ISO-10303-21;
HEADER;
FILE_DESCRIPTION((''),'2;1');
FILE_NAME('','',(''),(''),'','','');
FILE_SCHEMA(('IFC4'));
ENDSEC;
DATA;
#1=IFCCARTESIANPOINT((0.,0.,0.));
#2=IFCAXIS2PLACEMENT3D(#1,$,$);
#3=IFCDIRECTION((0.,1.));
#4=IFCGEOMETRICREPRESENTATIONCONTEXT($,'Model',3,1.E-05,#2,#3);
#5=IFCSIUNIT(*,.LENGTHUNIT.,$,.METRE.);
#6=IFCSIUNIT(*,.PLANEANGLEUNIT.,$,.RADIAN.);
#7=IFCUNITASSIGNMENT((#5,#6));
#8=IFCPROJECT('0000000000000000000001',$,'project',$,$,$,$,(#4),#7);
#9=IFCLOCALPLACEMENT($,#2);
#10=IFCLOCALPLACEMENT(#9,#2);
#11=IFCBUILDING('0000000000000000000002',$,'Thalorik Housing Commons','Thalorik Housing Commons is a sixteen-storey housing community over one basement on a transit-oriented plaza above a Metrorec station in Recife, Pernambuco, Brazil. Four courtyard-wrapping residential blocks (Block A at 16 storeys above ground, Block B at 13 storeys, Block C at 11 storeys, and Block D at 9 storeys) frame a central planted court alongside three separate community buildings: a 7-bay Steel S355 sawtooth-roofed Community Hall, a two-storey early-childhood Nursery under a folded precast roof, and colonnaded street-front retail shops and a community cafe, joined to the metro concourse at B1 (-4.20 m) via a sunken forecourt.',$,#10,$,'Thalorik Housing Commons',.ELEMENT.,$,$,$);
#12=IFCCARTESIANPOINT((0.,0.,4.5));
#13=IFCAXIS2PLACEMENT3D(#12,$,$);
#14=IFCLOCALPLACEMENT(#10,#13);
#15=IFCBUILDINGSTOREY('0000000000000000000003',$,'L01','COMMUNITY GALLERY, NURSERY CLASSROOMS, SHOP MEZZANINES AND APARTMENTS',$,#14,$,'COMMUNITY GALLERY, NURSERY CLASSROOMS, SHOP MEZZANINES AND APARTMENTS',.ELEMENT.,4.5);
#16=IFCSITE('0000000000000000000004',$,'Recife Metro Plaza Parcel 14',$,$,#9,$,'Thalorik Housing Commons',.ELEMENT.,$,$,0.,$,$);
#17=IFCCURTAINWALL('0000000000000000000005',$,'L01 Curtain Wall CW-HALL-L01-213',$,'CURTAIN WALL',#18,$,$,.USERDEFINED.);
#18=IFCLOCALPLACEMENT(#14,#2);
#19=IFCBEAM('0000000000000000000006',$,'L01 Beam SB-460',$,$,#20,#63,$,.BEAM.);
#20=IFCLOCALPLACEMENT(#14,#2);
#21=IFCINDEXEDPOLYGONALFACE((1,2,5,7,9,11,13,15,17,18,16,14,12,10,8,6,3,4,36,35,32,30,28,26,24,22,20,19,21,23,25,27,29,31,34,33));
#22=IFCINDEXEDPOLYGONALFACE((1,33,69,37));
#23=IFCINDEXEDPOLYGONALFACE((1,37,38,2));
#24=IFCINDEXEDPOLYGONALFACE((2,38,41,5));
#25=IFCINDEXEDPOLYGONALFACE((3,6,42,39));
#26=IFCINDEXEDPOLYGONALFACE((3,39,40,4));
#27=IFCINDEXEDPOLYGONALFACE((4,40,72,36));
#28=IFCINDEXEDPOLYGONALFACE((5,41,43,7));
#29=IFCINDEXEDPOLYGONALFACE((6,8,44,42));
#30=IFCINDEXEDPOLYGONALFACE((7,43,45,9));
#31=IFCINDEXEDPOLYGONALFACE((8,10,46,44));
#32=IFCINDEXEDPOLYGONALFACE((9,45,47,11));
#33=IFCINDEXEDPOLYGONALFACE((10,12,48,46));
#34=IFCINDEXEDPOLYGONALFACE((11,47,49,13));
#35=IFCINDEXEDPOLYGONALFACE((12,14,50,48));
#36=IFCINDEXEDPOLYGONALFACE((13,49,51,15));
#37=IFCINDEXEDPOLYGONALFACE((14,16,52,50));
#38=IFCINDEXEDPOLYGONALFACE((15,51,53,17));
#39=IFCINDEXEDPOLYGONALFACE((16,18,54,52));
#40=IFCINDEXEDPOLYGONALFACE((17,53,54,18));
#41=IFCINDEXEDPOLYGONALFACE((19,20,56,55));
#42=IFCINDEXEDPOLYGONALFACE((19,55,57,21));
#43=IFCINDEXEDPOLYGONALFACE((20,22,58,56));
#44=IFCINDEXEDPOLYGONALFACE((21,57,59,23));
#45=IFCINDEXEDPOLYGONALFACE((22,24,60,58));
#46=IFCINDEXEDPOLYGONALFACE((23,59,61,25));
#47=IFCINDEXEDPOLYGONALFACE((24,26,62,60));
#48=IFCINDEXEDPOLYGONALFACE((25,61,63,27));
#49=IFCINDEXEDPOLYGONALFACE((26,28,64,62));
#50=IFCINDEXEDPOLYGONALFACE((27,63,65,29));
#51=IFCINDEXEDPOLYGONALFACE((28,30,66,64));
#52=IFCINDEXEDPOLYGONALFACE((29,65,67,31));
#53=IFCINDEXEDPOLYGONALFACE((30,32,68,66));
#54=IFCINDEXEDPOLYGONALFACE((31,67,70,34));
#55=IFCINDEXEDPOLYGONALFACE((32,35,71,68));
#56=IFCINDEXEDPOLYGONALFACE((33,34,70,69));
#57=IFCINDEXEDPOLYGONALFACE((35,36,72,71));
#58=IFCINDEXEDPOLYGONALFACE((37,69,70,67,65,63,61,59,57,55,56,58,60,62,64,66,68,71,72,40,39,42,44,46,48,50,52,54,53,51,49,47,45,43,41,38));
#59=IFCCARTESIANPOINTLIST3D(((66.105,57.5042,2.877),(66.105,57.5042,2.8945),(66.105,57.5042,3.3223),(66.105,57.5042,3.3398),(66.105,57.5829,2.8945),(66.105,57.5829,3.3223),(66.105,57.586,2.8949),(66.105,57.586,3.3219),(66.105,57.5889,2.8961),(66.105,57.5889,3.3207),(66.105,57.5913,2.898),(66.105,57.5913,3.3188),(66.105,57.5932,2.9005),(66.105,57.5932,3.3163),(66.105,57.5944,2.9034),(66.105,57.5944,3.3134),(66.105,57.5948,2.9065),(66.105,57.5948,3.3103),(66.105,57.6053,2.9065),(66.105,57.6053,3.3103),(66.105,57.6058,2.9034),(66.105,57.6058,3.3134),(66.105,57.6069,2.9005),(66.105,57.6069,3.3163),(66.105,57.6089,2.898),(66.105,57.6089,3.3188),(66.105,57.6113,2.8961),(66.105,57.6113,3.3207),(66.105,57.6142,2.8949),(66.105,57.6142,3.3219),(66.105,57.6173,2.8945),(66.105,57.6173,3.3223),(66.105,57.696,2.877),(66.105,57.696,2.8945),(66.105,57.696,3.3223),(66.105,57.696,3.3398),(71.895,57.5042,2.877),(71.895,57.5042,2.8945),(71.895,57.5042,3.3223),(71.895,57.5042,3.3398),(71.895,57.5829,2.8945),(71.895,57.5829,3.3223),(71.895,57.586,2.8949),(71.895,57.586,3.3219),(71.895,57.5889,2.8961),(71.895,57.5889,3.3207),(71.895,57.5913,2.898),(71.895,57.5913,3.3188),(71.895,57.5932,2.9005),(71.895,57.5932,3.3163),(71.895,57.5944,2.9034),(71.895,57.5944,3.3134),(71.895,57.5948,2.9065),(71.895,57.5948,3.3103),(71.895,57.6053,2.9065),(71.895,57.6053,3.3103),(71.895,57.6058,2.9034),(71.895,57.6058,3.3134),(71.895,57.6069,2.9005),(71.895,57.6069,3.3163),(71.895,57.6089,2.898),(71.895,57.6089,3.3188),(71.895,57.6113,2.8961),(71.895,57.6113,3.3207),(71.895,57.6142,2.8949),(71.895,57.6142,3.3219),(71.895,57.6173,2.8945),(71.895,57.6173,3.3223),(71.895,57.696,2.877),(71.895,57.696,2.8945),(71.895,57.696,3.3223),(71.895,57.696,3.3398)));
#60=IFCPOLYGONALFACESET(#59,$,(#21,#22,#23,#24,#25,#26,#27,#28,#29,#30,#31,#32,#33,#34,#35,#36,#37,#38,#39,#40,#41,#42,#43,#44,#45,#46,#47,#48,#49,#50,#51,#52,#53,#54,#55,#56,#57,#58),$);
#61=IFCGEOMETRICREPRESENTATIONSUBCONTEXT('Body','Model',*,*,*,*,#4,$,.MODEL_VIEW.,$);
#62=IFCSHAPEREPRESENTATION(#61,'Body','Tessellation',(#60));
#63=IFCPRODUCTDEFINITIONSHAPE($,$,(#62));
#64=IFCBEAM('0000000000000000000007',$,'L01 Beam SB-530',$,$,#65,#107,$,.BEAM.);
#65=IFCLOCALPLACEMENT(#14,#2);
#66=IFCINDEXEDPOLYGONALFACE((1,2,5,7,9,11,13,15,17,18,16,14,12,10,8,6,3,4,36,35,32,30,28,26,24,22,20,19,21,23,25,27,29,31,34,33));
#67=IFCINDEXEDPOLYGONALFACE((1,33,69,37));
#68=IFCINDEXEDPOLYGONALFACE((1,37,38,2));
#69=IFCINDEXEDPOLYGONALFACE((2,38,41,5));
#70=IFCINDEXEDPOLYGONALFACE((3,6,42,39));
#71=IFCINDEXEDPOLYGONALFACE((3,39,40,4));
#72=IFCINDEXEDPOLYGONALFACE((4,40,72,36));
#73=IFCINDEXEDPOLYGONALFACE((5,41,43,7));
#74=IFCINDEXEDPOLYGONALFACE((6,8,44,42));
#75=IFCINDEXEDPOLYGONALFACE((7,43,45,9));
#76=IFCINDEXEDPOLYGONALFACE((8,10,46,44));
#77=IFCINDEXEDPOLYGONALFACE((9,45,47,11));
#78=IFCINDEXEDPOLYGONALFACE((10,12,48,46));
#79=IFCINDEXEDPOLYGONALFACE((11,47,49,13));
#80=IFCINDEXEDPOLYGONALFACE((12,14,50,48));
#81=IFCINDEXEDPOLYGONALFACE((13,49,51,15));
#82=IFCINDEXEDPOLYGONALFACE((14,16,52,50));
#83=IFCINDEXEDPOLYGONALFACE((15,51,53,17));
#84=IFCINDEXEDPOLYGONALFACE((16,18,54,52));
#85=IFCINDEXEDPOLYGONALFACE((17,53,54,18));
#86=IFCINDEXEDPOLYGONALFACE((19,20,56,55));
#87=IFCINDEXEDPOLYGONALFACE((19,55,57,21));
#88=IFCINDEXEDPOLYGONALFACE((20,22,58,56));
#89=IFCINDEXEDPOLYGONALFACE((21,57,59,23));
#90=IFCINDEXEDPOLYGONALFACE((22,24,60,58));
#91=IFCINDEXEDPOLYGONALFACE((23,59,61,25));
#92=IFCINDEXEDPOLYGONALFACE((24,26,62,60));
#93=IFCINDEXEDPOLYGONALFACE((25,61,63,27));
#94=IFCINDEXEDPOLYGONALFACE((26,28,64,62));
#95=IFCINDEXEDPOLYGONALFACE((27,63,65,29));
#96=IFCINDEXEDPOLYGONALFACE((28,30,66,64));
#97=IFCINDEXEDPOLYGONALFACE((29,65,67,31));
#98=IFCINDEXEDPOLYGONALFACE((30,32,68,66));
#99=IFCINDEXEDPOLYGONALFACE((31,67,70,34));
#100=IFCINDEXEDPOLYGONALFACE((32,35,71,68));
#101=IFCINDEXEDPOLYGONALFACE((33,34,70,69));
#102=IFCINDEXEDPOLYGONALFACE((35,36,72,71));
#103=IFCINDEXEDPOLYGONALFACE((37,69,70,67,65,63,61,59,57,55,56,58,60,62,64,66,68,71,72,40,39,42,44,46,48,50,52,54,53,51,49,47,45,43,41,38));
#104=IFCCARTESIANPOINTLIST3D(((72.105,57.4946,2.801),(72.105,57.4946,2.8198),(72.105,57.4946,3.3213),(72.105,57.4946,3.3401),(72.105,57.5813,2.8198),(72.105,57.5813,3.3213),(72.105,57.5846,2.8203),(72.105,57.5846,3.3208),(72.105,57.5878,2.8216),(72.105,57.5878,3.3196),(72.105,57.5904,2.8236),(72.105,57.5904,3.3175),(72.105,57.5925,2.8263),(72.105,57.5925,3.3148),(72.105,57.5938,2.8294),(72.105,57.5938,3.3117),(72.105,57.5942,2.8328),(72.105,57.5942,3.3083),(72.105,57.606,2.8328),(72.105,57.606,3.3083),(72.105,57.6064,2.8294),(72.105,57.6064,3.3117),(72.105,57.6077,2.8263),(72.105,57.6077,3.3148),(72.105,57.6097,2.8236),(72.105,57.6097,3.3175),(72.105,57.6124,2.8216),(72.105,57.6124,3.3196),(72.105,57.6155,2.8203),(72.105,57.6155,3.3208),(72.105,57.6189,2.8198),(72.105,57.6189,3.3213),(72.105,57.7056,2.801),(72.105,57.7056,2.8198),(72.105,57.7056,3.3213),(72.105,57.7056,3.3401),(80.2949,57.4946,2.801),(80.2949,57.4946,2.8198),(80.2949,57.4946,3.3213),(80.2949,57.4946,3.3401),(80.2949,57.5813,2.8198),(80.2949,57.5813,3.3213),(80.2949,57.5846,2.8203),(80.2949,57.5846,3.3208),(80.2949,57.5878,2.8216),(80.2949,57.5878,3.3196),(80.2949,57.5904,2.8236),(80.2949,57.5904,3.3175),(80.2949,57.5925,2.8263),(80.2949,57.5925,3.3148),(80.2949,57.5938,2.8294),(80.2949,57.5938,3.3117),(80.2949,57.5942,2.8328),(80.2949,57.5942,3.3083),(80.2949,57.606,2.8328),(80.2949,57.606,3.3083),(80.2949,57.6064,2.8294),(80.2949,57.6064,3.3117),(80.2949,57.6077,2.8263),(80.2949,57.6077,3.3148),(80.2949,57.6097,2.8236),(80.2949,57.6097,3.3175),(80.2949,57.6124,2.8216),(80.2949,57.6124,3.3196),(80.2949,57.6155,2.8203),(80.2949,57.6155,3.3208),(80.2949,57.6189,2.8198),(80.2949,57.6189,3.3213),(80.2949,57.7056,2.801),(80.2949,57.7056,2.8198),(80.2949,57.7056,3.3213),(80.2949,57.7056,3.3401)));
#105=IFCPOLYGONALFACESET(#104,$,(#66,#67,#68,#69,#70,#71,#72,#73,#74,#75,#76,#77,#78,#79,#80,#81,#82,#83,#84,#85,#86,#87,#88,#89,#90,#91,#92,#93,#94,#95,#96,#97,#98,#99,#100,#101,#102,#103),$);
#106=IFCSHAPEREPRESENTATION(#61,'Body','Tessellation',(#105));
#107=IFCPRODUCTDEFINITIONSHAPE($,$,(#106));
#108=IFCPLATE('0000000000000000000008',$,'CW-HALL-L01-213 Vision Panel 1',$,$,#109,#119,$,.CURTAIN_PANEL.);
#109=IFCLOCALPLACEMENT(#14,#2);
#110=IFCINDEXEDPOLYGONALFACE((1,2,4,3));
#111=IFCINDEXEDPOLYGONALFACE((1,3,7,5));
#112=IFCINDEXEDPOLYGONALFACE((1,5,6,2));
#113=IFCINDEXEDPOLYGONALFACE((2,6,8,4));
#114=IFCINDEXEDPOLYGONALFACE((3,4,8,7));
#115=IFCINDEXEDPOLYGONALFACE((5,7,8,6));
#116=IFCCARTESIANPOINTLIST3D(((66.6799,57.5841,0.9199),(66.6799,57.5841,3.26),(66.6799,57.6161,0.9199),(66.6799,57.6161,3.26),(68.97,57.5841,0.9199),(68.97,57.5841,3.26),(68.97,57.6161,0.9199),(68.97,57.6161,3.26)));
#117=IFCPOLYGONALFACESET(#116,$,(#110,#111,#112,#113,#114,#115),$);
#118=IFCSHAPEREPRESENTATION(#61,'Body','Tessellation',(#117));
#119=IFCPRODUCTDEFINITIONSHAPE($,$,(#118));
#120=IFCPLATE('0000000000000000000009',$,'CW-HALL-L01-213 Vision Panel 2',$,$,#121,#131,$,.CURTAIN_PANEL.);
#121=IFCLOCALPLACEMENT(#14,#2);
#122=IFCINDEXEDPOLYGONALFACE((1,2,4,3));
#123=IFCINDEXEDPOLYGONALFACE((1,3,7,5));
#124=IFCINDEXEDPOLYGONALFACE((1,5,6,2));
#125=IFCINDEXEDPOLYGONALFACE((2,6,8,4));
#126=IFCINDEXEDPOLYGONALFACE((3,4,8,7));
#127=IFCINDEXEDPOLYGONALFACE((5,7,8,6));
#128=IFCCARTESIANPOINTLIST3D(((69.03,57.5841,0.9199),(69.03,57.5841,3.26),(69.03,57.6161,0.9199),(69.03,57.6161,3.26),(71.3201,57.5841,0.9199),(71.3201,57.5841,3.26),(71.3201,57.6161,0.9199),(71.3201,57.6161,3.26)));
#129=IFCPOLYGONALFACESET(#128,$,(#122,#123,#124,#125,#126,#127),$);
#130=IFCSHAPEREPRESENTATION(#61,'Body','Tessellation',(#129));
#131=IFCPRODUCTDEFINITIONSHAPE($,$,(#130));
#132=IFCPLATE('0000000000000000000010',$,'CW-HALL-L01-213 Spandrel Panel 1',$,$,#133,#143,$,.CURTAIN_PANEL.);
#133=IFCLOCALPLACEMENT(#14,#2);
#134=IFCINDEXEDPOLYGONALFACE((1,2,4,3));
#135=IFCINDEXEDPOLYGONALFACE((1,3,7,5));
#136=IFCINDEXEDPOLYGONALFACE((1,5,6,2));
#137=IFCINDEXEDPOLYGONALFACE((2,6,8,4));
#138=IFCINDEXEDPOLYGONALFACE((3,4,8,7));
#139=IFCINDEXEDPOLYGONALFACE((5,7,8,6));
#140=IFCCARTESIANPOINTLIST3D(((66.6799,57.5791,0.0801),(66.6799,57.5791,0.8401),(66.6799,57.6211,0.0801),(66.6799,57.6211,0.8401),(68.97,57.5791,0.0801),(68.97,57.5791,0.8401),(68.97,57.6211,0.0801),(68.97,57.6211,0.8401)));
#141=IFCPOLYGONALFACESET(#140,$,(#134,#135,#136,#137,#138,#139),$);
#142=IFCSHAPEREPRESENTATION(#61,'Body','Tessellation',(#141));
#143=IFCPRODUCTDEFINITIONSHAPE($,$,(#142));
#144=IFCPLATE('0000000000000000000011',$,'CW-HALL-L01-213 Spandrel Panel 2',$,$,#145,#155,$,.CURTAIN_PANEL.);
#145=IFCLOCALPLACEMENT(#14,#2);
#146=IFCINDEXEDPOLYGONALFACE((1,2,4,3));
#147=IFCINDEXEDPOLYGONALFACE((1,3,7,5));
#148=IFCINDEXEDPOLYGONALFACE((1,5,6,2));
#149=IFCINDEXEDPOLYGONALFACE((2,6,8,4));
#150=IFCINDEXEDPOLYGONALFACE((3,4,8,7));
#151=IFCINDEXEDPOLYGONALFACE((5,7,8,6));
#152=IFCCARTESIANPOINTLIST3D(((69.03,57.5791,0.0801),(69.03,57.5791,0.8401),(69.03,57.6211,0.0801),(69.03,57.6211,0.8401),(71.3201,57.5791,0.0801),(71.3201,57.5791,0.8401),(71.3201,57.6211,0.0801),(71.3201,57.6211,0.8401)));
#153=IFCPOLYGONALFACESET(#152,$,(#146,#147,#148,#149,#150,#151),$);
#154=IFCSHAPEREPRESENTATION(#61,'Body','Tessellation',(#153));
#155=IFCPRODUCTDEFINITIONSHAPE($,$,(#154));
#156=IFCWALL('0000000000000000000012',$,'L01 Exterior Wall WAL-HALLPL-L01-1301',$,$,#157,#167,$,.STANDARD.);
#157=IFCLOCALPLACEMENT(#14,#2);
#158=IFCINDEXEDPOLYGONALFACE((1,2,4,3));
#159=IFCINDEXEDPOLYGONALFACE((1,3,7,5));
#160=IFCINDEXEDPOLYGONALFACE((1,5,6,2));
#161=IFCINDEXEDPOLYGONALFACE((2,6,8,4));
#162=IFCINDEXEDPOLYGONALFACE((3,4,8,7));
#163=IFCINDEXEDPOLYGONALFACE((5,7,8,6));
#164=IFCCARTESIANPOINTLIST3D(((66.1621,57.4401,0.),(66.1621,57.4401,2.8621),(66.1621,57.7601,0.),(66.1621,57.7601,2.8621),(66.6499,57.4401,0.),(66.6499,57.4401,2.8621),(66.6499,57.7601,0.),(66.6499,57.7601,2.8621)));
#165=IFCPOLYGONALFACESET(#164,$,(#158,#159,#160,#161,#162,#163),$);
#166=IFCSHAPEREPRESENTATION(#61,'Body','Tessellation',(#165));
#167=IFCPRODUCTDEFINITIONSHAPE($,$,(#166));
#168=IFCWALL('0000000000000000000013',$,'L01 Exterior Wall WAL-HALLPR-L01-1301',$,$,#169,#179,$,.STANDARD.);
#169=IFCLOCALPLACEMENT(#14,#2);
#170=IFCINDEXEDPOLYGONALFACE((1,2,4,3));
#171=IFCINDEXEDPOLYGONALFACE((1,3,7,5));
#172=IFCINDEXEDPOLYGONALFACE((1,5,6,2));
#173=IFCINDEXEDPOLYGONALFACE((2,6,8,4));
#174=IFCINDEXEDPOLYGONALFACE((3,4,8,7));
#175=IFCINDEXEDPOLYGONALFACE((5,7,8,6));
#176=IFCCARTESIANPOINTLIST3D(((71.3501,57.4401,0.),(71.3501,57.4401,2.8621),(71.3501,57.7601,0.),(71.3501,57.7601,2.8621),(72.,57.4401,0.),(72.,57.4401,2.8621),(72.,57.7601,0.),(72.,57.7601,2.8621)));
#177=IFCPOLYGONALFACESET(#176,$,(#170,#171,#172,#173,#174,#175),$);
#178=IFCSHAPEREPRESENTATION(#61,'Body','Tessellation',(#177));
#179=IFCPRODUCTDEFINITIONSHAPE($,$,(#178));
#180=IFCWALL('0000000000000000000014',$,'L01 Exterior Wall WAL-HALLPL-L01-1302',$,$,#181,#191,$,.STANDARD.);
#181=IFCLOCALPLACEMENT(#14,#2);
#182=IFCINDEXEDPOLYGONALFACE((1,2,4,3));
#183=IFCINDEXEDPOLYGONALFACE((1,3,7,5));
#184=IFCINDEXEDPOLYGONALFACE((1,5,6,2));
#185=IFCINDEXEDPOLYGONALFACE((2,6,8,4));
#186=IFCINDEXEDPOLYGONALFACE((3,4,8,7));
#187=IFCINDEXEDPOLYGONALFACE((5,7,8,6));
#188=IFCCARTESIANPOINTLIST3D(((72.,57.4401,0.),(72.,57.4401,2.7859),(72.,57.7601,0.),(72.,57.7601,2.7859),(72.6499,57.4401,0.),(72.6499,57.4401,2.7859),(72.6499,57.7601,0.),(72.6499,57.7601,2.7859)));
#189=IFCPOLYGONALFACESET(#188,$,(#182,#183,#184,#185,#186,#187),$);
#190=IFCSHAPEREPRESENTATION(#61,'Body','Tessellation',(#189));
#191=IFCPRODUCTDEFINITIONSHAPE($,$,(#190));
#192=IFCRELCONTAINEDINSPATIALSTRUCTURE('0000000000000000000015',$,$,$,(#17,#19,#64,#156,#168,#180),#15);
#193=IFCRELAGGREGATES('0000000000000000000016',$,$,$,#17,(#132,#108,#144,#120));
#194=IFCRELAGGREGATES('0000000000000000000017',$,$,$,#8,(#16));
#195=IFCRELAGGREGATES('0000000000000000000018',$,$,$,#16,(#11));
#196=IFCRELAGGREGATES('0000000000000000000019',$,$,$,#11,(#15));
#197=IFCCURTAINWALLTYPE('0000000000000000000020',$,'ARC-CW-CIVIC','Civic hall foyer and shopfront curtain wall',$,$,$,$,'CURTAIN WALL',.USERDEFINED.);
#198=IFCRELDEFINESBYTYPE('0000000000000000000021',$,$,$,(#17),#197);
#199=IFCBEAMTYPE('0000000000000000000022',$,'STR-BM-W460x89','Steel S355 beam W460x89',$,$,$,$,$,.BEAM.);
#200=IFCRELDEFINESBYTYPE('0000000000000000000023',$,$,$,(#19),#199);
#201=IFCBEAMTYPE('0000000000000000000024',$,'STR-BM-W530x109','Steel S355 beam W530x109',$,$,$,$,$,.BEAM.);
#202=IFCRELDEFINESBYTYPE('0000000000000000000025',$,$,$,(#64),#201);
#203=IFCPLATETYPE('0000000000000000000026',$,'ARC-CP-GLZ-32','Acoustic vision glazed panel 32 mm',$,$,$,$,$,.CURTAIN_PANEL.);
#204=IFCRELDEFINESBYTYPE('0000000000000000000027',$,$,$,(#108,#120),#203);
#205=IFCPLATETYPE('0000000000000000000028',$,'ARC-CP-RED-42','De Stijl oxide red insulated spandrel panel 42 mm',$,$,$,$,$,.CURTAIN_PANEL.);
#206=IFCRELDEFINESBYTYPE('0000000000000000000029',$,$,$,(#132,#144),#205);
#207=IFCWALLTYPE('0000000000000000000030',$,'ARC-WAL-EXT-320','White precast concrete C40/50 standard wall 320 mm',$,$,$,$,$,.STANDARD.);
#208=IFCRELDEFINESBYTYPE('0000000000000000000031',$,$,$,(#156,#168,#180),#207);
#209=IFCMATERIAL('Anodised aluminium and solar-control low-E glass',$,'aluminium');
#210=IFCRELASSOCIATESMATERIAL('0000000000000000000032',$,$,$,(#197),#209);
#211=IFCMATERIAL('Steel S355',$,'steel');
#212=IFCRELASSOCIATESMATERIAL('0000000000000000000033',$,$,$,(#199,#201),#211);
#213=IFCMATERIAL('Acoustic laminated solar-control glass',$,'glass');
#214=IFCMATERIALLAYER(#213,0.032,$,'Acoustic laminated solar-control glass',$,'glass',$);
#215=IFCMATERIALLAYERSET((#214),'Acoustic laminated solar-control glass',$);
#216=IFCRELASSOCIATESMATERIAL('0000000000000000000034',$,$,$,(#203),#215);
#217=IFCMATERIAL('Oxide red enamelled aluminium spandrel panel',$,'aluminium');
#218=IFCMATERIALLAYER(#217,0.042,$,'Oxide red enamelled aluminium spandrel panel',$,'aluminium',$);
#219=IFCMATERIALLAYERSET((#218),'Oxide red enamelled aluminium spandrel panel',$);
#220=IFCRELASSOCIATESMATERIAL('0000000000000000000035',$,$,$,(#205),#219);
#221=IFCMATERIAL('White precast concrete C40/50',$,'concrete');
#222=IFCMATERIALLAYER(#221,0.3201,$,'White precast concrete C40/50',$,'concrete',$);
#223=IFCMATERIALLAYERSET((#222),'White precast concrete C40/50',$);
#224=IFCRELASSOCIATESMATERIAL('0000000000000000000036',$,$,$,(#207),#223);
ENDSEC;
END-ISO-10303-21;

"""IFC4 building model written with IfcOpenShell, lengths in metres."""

from ifc_helpers import new_model, si_unit, direction, frame, frame_2d, origin, origin_2d, place, context, subcontext, project, spatial, rectangle, i_section, extrude, material, layer, layer_set, material_profile, profile_set, type_object, element, aggregate, save


model = new_model("IFC4")

# Units and contexts
model_context = context("Model", 3, precision=1e-05, world=origin(), true_north=direction((0.0, 1.0)))
body_context = subcontext(model_context, "Body", "Model", "MODEL_VIEW")
ifc_project = project(units=[si_unit("LENGTHUNIT", "METRE"), si_unit("PLANEANGLEUNIT", "RADIAN")], contexts=[model_context])

# Site, building, storey
site_placement = place(None, origin())
site = spatial("IfcSite", under=ifc_project, at=site_placement, Name="Recife Metro Plaza Parcel 14", LongName="Thalorik Housing Commons", CompositionType="ELEMENT", RefElevation=0.0)
building_placement = place(site_placement, origin())
building = spatial("IfcBuilding", under=site, at=building_placement, Name="Thalorik Housing Commons", Description="Thalorik Housing Commons is a sixteen-storey housing community over one basement on a transit-oriented plaza above a Metrorec station in Recife, Pernambuco, Brazil. Four courtyard-wrapping residential blocks (Block A at 16 storeys above ground, Block B at 13 storeys, Block C at 11 storeys, and Block D at 9 storeys) frame a central planted court alongside three separate community buildings: a 7-bay Steel S355 sawtooth-roofed Community Hall, a two-storey early-childhood Nursery under a folded precast roof, and colonnaded street-front retail shops and a community cafe, joined to the metro concourse at B1 (-4.20 m) via a sunken forecourt.", LongName="Thalorik Housing Commons", CompositionType="ELEMENT")
storey_placement = place(building_placement, frame((0.0, 0.0, 4.5)))
storey = spatial("IfcBuildingStorey", under=building, at=storey_placement, Name="L01", Description="COMMUNITY GALLERY, NURSERY CLASSROOMS, SHOP MEZZANINES AND APARTMENTS", LongName="COMMUNITY GALLERY, NURSERY CLASSROOMS, SHOP MEZZANINES AND APARTMENTS", CompositionType="ELEMENT", Elevation=4.5)

# Shared definitions
ifc_material_1 = material(Name="Steel S355", Category="steel")

# Shared definitions
ifc_material_2 = material(Name="Anodised aluminium and solar-control low-E glass", Category="aluminium")
curtain_wall_type = type_object("IfcCurtainWallType", Name="ARC-CW-CIVIC", Description="Civic hall foyer and shopfront curtain wall", ElementType="CURTAIN WALL", PredefinedType="USERDEFINED", material=ifc_material_2)

# Curtain wall
curtain_wall_1_placement = place(storey_placement, origin())
curtain_wall_1 = element("IfcCurtainWall", 1, at=curtain_wall_1_placement, inside=storey, type_object=curtain_wall_type, Name="L01 Curtain Wall CW-HALL-L01-213", ObjectType="CURTAIN WALL", PredefinedType="USERDEFINED")

# Beams
ifc_material_profile_1 = material_profile(ifc_material_1, i_section(OverallWidth=0.1919, OverallDepth=0.4629, WebThickness=0.0105, FlangeThickness=0.0176, FilletRadius=0.012, at=origin_2d()), Name="W460x89", Category="steel")
ifc_profile_set_1 = profile_set([ifc_material_profile_1], Name="Steel S355")
beam_type_1 = type_object("IfcBeamType", Name="STR-BM-W460x89", Description="Steel S355 beam W460x89", PredefinedType="BEAM", material=ifc_profile_set_1)
beam_1_placement = place(storey_placement, frame((66.105, 57.6001, 3.1084), z_axis=(1.0, 0.0, 0.0), x_axis=(0.0, 1.0, 0.0)))
element("IfcBeam", 2, at=beam_1_placement, inside=storey, type_object=beam_type_1, Name="L01 Beam SB-460", PredefinedType="BEAM", context=body_context, shape_type="SweptSolid", body=[
    extrude(i_section(OverallWidth=0.1919, OverallDepth=0.4629, WebThickness=0.0105, FlangeThickness=0.0176, FilletRadius=0.012, at=origin_2d()), origin(), (0.0, 0.0, 1.0), 5.79),
])
ifc_material_profile_2 = material_profile(ifc_material_1, i_section(OverallWidth=0.2109, OverallDepth=0.5391, WebThickness=0.0117, FlangeThickness=0.0188, FilletRadius=0.0129, at=origin_2d()), Name="W530x109", Category="steel")
ifc_profile_set_2 = profile_set([ifc_material_profile_2], Name="Steel S355")
beam_type_2 = type_object("IfcBeamType", Name="STR-BM-W530x109", Description="Steel S355 beam W530x109", PredefinedType="BEAM", material=ifc_profile_set_2)
beam_2_placement = place(storey_placement, frame((72.105, 57.6001, 3.0706), z_axis=(1.0, 0.0, 0.0), x_axis=(0.0, 1.0, 0.0)))
element("IfcBeam", 3, at=beam_2_placement, inside=storey, type_object=beam_type_2, Name="L01 Beam SB-530", PredefinedType="BEAM", context=body_context, shape_type="SweptSolid", body=[
    extrude(i_section(OverallWidth=0.2109, OverallDepth=0.5391, WebThickness=0.0117, FlangeThickness=0.0188, FilletRadius=0.0129, at=origin_2d()), origin(), (0.0, 0.0, 1.0), 8.1899),
])

# Plates
ifc_material_3 = material(Name="Acoustic laminated solar-control glass", Category="glass")
ifc_layer_1 = layer(ifc_material_3, 0.032, Name="Acoustic laminated solar-control glass", Category="glass")
ifc_layer_set_1 = layer_set([ifc_layer_1], Name="Acoustic laminated solar-control glass")
plate_type_1 = type_object("IfcPlateType", Name="ARC-CP-GLZ-32", Description="Acoustic vision glazed panel 32 mm", PredefinedType="CURTAIN_PANEL", material=ifc_layer_set_1)
plate_1_placement = place(storey_placement, frame((67.825, 57.6001, 0.9199), z_axis=(0.0, 0.0, 1.0), x_axis=(1.0, 0.0, 0.0)))
plate_1 = element("IfcPlate", 4, at=plate_1_placement, type_object=plate_type_1, Name="CW-HALL-L01-213 Vision Panel 1", PredefinedType="CURTAIN_PANEL", context=body_context, shape_type="SweptSolid", body=[
    extrude(rectangle(XDim=2.29, YDim=0.032, at=origin_2d()), origin(), (0.0, 0.0, 1.0), 2.3401),
])
plate_2_placement = place(storey_placement, frame((70.175, 57.6001, 0.9199), z_axis=(0.0, 0.0, 1.0), x_axis=(1.0, 0.0, 0.0)))
plate_2 = element("IfcPlate", 5, at=plate_2_placement, type_object=plate_type_1, Name="CW-HALL-L01-213 Vision Panel 2", PredefinedType="CURTAIN_PANEL", context=body_context, shape_type="SweptSolid", body=[
    extrude(rectangle(XDim=2.29, YDim=0.032, at=origin_2d()), origin(), (0.0, 0.0, 1.0), 2.3401),
])
ifc_material_4 = material(Name="Oxide red enamelled aluminium spandrel panel", Category="aluminium")
ifc_layer_2 = layer(ifc_material_4, 0.042, Name="Oxide red enamelled aluminium spandrel panel", Category="aluminium")
ifc_layer_set_2 = layer_set([ifc_layer_2], Name="Oxide red enamelled aluminium spandrel panel")
plate_type_2 = type_object("IfcPlateType", Name="ARC-CP-RED-42", Description="De Stijl oxide red insulated spandrel panel 42 mm", PredefinedType="CURTAIN_PANEL", material=ifc_layer_set_2)
plate_3_placement = place(storey_placement, frame((67.825, 57.6001, 0.0801), z_axis=(0.0, 0.0, 1.0), x_axis=(1.0, 0.0, 0.0)))
plate_3 = element("IfcPlate", 6, at=plate_3_placement, type_object=plate_type_2, Name="CW-HALL-L01-213 Spandrel Panel 1", PredefinedType="CURTAIN_PANEL", context=body_context, shape_type="SweptSolid", body=[
    extrude(rectangle(XDim=2.29, YDim=0.042, at=origin_2d()), origin(), (0.0, 0.0, 1.0), 0.76),
])
plate_4_placement = place(storey_placement, frame((70.175, 57.6001, 0.0801), z_axis=(0.0, 0.0, 1.0), x_axis=(1.0, 0.0, 0.0)))
plate_4 = element("IfcPlate", 7, at=plate_4_placement, type_object=plate_type_2, Name="CW-HALL-L01-213 Spandrel Panel 2", PredefinedType="CURTAIN_PANEL", context=body_context, shape_type="SweptSolid", body=[
    extrude(rectangle(XDim=2.29, YDim=0.042, at=origin_2d()), origin(), (0.0, 0.0, 1.0), 0.76),
])
aggregate(curtain_wall_1, [plate_3, plate_1, plate_4, plate_2])

# Walls
ifc_material_5 = material(Name="White precast concrete C40/50", Category="concrete")
ifc_layer_3 = layer(ifc_material_5, 0.3201, Name="White precast concrete C40/50", Category="concrete")
ifc_layer_set_3 = layer_set([ifc_layer_3], Name="White precast concrete C40/50")
wall_type = type_object("IfcWallType", Name="ARC-WAL-EXT-320", Description="White precast concrete C40/50 standard wall 320 mm", PredefinedType="STANDARD", material=ifc_layer_set_3)
wall_1_placement = place(storey_placement, frame((66.1621, 57.6001, 0.0), z_axis=(0.0, 0.0, 1.0), x_axis=(1.0, 0.0, 0.0)))
element("IfcWall", 8, at=wall_1_placement, inside=storey, type_object=wall_type, Name="L01 Exterior Wall WAL-HALLPL-L01-1301", PredefinedType="STANDARD", context=body_context, shape_type="SweptSolid", body=[
    extrude(rectangle(XDim=0.4878, YDim=0.3201, at=frame_2d((0.2439, 0.0))), origin(), (0.0, 0.0, 1.0), 2.8621),
])
wall_2_placement = place(storey_placement, frame((71.3501, 57.6001, 0.0), z_axis=(0.0, 0.0, 1.0), x_axis=(1.0, 0.0, 0.0)))
element("IfcWall", 9, at=wall_2_placement, inside=storey, type_object=wall_type, Name="L01 Exterior Wall WAL-HALLPR-L01-1301", PredefinedType="STANDARD", context=body_context, shape_type="SweptSolid", body=[
    extrude(rectangle(XDim=0.6499, YDim=0.3201, at=frame_2d((0.325, 0.0))), origin(), (0.0, 0.0, 1.0), 2.8621),
])
wall_3_placement = place(storey_placement, frame((72.0, 57.6001, 0.0), z_axis=(0.0, 0.0, 1.0), x_axis=(1.0, 0.0, 0.0)))
element("IfcWall", 10, at=wall_3_placement, inside=storey, type_object=wall_type, Name="L01 Exterior Wall WAL-HALLPL-L01-1302", PredefinedType="STANDARD", context=body_context, shape_type="SweptSolid", body=[
    extrude(rectangle(XDim=0.6499, YDim=0.3201, at=frame_2d((0.325, 0.0))), origin(), (0.0, 0.0, 1.0), 2.7859),
])

save(model, "model.ifc")
